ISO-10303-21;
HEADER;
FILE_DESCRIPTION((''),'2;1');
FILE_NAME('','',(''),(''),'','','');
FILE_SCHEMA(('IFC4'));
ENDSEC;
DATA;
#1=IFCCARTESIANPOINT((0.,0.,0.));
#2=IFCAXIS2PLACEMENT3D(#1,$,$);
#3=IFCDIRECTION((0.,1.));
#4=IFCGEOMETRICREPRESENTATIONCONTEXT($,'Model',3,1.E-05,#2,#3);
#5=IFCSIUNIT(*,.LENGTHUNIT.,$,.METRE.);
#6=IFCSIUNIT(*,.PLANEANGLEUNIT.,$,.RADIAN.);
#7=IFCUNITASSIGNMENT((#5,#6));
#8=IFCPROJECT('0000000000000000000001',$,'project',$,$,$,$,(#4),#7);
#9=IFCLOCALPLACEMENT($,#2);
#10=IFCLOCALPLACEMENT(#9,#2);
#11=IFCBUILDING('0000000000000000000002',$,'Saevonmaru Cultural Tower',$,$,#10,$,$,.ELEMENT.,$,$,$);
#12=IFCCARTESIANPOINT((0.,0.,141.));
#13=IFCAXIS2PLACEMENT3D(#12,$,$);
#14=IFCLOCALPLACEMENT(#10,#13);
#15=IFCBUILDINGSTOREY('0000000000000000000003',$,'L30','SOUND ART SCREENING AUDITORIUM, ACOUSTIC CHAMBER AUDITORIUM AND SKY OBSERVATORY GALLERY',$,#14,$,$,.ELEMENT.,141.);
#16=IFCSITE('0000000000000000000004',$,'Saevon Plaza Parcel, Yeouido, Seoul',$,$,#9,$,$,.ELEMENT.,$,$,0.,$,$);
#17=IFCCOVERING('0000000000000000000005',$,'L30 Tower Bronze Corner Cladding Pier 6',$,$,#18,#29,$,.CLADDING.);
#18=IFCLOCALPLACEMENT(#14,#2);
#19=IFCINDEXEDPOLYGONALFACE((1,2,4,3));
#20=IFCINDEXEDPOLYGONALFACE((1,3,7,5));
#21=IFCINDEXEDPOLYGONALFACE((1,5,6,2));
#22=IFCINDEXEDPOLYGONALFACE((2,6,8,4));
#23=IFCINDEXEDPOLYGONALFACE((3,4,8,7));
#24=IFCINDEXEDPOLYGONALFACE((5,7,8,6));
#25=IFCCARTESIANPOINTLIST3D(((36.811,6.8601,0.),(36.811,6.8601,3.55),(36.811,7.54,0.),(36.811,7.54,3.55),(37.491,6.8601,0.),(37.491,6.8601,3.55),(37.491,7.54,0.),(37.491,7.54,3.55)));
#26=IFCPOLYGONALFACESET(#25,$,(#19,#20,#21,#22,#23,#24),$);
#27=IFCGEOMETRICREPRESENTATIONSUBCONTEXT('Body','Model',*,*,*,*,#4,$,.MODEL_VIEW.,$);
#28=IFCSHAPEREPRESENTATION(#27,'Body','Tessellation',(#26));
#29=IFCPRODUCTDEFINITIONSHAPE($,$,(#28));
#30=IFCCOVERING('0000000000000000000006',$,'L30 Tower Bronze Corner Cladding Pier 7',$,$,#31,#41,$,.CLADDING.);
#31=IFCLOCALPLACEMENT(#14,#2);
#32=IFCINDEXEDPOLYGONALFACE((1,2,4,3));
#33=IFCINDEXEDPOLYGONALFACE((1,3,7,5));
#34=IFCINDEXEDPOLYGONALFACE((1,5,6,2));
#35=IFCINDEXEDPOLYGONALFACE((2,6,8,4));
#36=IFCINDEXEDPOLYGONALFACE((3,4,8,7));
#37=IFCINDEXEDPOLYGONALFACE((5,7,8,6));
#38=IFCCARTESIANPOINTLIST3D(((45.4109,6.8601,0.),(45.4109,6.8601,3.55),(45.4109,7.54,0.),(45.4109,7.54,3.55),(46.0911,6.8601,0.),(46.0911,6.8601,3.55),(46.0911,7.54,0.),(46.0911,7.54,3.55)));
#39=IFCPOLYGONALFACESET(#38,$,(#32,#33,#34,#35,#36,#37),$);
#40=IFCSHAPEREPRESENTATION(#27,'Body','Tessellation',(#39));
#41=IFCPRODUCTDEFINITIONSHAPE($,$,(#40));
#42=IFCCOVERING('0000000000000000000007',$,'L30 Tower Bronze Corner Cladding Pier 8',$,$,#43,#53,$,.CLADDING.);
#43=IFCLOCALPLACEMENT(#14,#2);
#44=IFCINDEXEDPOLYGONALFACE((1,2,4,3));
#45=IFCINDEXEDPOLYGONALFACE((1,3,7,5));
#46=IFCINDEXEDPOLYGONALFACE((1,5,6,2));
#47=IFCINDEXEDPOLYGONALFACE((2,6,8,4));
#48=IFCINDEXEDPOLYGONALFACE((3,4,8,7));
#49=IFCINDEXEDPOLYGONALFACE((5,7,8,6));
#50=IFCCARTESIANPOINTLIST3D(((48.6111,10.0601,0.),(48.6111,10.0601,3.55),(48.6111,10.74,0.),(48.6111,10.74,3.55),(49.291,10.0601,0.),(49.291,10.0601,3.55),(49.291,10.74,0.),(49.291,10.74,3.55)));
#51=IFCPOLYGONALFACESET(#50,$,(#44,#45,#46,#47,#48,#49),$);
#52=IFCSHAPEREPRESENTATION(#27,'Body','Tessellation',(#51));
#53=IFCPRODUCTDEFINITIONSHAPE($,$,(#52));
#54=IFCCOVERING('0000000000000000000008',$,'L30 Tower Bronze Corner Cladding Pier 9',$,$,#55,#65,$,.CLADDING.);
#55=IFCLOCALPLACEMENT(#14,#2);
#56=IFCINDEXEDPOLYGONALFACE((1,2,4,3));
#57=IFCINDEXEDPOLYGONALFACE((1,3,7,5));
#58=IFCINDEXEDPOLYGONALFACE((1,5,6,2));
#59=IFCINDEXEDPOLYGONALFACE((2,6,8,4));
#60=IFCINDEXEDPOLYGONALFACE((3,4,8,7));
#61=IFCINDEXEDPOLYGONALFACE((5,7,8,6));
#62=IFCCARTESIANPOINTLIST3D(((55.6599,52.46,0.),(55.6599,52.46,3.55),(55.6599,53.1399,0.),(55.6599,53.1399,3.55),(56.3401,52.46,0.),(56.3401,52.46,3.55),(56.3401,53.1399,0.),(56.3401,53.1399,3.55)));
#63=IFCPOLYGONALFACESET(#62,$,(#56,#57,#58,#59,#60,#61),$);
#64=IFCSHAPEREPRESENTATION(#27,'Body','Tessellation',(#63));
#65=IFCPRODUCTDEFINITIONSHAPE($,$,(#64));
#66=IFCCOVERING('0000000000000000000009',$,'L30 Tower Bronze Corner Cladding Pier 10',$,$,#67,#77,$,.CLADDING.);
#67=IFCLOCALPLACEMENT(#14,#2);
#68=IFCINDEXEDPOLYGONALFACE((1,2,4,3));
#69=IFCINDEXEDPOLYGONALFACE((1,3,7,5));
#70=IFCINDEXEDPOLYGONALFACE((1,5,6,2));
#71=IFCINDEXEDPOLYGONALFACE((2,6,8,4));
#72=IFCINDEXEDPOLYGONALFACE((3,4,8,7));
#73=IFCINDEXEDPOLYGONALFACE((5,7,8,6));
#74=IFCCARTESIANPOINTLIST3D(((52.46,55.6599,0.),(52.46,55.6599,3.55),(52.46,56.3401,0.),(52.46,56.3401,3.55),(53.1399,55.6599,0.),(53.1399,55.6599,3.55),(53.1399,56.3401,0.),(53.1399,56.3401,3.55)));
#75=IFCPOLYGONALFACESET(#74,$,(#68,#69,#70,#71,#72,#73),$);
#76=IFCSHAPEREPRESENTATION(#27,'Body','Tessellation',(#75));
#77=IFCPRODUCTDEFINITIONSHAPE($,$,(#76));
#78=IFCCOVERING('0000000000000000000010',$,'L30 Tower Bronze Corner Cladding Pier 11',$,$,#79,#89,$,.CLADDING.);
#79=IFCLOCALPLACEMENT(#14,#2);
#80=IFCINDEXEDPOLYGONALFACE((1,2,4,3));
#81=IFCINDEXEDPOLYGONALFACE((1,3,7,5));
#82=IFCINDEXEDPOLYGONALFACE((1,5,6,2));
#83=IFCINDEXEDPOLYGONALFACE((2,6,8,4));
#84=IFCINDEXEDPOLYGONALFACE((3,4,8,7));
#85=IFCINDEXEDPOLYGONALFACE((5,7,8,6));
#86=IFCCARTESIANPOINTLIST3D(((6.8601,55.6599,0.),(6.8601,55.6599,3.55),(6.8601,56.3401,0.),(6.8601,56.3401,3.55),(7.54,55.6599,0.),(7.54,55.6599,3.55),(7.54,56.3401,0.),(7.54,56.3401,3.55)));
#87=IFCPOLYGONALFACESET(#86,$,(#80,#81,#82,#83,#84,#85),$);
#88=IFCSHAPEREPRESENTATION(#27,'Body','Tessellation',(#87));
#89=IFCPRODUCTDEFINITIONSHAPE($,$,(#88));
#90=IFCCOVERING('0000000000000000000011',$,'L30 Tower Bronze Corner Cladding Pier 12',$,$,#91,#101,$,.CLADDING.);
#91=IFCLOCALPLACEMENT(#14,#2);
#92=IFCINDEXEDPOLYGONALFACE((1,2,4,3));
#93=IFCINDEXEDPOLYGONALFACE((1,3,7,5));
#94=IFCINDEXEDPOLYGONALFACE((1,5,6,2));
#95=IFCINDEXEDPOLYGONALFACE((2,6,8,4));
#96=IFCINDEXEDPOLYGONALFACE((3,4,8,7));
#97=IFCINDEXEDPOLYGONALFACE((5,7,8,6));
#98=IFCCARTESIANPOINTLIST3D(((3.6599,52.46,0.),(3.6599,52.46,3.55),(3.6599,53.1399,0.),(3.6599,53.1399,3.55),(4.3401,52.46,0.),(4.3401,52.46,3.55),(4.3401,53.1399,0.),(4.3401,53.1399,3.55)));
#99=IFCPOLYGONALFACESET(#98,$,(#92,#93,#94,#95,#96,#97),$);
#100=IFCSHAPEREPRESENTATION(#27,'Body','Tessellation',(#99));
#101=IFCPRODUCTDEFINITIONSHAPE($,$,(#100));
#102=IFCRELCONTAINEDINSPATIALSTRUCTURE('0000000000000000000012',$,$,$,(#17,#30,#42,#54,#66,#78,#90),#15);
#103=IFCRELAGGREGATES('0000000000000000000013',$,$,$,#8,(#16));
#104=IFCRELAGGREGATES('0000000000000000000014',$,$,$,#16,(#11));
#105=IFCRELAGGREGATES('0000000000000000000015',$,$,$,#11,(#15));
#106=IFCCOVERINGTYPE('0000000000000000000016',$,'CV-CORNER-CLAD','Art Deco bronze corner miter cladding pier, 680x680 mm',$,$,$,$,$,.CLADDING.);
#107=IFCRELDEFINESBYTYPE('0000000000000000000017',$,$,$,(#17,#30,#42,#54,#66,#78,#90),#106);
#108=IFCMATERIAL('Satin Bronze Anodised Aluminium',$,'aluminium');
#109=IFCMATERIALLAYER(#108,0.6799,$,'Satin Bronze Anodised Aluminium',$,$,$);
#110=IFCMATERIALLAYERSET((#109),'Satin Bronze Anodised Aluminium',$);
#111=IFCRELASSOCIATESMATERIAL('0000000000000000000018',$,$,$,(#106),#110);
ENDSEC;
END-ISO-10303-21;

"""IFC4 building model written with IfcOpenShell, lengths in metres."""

from ifc_helpers import new_model, si_unit, direction, frame, origin, place, context, subcontext, project, spatial, polyline, outline, extrude, material, layer, layer_set, type_object, element, save


model = new_model("IFC4")

# Units and contexts
model_context = context("Model", 3, precision=1e-05, world=origin(), true_north=direction((0.0, 1.0)))
body_context = subcontext(model_context, "Body", "Model", "MODEL_VIEW")
ifc_project = project(units=[si_unit("LENGTHUNIT", "METRE"), si_unit("PLANEANGLEUNIT", "RADIAN")], contexts=[model_context])

# Site, building, storey
site_placement = place(None, origin())
site = spatial("IfcSite", under=ifc_project, at=site_placement, Name="Saevon Plaza Parcel, Yeouido, Seoul", CompositionType="ELEMENT", RefElevation=0.0)
building_placement = place(site_placement, origin())
building = spatial("IfcBuilding", under=site, at=building_placement, Name="Saevonmaru Cultural Tower", CompositionType="ELEMENT")
storey_placement = place(building_placement, frame((0.0, 0.0, 141.0)))
storey = spatial("IfcBuildingStorey", under=building, at=storey_placement, Name="L30", Description="SOUND ART SCREENING AUDITORIUM, ACOUSTIC CHAMBER AUDITORIUM AND SKY OBSERVATORY GALLERY", CompositionType="ELEMENT", Elevation=141.0)

# Shared definitions
ifc_material_1 = material(Name="Satin Bronze Anodised Aluminium", Category="aluminium")

# Coverings
ifc_layer_1 = layer(ifc_material_1, 0.6799, Name="Satin Bronze Anodised Aluminium")
ifc_layer_set_1 = layer_set([ifc_layer_1], Name="Satin Bronze Anodised Aluminium")
covering_type = type_object("IfcCoveringType", Name="CV-CORNER-CLAD", Description="Art Deco bronze corner miter cladding pier, 680x680 mm", PredefinedType="CLADDING", material=ifc_layer_set_1)
covering_1_placement = place(storey_placement, origin())
element("IfcCovering", 1, at=covering_1_placement, inside=storey, type_object=covering_type, Name="L30 Tower Bronze Corner Cladding Pier 6", PredefinedType="CLADDING", context=body_context, shape_type="SweptSolid", body=[
    extrude(outline(polyline([(36.811, 6.8601), (37.491, 6.8601), (37.491, 7.54), (36.811, 7.54), (36.811, 6.8601)])), origin(), (0.0, 0.0, 1.0), 3.55),
])
covering_2_placement = place(storey_placement, origin())
element("IfcCovering", 2, at=covering_2_placement, inside=storey, type_object=covering_type, Name="L30 Tower Bronze Corner Cladding Pier 7", PredefinedType="CLADDING", context=body_context, shape_type="SweptSolid", body=[
    extrude(outline(polyline([(45.4109, 6.8601), (46.0911, 6.8601), (46.0911, 7.54), (45.4109, 7.54), (45.4109, 6.8601)])), origin(), (0.0, 0.0, 1.0), 3.55),
])
covering_3_placement = place(storey_placement, origin())
element("IfcCovering", 3, at=covering_3_placement, inside=storey, type_object=covering_type, Name="L30 Tower Bronze Corner Cladding Pier 8", PredefinedType="CLADDING", context=body_context, shape_type="SweptSolid", body=[
    extrude(outline(polyline([(48.6111, 10.0601), (49.291, 10.0601), (49.291, 10.74), (48.6111, 10.74), (48.6111, 10.0601)])), origin(), (0.0, 0.0, 1.0), 3.55),
])
covering_4_placement = place(storey_placement, origin())
element("IfcCovering", 4, at=covering_4_placement, inside=storey, type_object=covering_type, Name="L30 Tower Bronze Corner Cladding Pier 9", PredefinedType="CLADDING", context=body_context, shape_type="SweptSolid", body=[
    extrude(outline(polyline([(55.6599, 52.46), (56.3401, 52.46), (56.3401, 53.1399), (55.6599, 53.1399), (55.6599, 52.46)])), origin(), (0.0, 0.0, 1.0), 3.55),
])
covering_5_placement = place(storey_placement, origin())
element("IfcCovering", 5, at=covering_5_placement, inside=storey, type_object=covering_type, Name="L30 Tower Bronze Corner Cladding Pier 10", PredefinedType="CLADDING", context=body_context, shape_type="SweptSolid", body=[
    extrude(outline(polyline([(52.46, 55.6599), (53.1399, 55.6599), (53.1399, 56.3401), (52.46, 56.3401), (52.46, 55.6599)])), origin(), (0.0, 0.0, 1.0), 3.55),
])
covering_6_placement = place(storey_placement, origin())
element("IfcCovering", 6, at=covering_6_placement, inside=storey, type_object=covering_type, Name="L30 Tower Bronze Corner Cladding Pier 11", PredefinedType="CLADDING", context=body_context, shape_type="SweptSolid", body=[
    extrude(outline(polyline([(6.8601, 55.6599), (7.54, 55.6599), (7.54, 56.3401), (6.8601, 56.3401), (6.8601, 55.6599)])), origin(), (0.0, 0.0, 1.0), 3.55),
])
covering_7_placement = place(storey_placement, origin())
element("IfcCovering", 7, at=covering_7_placement, inside=storey, type_object=covering_type, Name="L30 Tower Bronze Corner Cladding Pier 12", PredefinedType="CLADDING", context=body_context, shape_type="SweptSolid", body=[
    extrude(outline(polyline([(3.6599, 52.46), (4.3401, 52.46), (4.3401, 53.1399), (3.6599, 53.1399), (3.6599, 52.46)])), origin(), (0.0, 0.0, 1.0), 3.55),
])

save(model, "model.ifc")
